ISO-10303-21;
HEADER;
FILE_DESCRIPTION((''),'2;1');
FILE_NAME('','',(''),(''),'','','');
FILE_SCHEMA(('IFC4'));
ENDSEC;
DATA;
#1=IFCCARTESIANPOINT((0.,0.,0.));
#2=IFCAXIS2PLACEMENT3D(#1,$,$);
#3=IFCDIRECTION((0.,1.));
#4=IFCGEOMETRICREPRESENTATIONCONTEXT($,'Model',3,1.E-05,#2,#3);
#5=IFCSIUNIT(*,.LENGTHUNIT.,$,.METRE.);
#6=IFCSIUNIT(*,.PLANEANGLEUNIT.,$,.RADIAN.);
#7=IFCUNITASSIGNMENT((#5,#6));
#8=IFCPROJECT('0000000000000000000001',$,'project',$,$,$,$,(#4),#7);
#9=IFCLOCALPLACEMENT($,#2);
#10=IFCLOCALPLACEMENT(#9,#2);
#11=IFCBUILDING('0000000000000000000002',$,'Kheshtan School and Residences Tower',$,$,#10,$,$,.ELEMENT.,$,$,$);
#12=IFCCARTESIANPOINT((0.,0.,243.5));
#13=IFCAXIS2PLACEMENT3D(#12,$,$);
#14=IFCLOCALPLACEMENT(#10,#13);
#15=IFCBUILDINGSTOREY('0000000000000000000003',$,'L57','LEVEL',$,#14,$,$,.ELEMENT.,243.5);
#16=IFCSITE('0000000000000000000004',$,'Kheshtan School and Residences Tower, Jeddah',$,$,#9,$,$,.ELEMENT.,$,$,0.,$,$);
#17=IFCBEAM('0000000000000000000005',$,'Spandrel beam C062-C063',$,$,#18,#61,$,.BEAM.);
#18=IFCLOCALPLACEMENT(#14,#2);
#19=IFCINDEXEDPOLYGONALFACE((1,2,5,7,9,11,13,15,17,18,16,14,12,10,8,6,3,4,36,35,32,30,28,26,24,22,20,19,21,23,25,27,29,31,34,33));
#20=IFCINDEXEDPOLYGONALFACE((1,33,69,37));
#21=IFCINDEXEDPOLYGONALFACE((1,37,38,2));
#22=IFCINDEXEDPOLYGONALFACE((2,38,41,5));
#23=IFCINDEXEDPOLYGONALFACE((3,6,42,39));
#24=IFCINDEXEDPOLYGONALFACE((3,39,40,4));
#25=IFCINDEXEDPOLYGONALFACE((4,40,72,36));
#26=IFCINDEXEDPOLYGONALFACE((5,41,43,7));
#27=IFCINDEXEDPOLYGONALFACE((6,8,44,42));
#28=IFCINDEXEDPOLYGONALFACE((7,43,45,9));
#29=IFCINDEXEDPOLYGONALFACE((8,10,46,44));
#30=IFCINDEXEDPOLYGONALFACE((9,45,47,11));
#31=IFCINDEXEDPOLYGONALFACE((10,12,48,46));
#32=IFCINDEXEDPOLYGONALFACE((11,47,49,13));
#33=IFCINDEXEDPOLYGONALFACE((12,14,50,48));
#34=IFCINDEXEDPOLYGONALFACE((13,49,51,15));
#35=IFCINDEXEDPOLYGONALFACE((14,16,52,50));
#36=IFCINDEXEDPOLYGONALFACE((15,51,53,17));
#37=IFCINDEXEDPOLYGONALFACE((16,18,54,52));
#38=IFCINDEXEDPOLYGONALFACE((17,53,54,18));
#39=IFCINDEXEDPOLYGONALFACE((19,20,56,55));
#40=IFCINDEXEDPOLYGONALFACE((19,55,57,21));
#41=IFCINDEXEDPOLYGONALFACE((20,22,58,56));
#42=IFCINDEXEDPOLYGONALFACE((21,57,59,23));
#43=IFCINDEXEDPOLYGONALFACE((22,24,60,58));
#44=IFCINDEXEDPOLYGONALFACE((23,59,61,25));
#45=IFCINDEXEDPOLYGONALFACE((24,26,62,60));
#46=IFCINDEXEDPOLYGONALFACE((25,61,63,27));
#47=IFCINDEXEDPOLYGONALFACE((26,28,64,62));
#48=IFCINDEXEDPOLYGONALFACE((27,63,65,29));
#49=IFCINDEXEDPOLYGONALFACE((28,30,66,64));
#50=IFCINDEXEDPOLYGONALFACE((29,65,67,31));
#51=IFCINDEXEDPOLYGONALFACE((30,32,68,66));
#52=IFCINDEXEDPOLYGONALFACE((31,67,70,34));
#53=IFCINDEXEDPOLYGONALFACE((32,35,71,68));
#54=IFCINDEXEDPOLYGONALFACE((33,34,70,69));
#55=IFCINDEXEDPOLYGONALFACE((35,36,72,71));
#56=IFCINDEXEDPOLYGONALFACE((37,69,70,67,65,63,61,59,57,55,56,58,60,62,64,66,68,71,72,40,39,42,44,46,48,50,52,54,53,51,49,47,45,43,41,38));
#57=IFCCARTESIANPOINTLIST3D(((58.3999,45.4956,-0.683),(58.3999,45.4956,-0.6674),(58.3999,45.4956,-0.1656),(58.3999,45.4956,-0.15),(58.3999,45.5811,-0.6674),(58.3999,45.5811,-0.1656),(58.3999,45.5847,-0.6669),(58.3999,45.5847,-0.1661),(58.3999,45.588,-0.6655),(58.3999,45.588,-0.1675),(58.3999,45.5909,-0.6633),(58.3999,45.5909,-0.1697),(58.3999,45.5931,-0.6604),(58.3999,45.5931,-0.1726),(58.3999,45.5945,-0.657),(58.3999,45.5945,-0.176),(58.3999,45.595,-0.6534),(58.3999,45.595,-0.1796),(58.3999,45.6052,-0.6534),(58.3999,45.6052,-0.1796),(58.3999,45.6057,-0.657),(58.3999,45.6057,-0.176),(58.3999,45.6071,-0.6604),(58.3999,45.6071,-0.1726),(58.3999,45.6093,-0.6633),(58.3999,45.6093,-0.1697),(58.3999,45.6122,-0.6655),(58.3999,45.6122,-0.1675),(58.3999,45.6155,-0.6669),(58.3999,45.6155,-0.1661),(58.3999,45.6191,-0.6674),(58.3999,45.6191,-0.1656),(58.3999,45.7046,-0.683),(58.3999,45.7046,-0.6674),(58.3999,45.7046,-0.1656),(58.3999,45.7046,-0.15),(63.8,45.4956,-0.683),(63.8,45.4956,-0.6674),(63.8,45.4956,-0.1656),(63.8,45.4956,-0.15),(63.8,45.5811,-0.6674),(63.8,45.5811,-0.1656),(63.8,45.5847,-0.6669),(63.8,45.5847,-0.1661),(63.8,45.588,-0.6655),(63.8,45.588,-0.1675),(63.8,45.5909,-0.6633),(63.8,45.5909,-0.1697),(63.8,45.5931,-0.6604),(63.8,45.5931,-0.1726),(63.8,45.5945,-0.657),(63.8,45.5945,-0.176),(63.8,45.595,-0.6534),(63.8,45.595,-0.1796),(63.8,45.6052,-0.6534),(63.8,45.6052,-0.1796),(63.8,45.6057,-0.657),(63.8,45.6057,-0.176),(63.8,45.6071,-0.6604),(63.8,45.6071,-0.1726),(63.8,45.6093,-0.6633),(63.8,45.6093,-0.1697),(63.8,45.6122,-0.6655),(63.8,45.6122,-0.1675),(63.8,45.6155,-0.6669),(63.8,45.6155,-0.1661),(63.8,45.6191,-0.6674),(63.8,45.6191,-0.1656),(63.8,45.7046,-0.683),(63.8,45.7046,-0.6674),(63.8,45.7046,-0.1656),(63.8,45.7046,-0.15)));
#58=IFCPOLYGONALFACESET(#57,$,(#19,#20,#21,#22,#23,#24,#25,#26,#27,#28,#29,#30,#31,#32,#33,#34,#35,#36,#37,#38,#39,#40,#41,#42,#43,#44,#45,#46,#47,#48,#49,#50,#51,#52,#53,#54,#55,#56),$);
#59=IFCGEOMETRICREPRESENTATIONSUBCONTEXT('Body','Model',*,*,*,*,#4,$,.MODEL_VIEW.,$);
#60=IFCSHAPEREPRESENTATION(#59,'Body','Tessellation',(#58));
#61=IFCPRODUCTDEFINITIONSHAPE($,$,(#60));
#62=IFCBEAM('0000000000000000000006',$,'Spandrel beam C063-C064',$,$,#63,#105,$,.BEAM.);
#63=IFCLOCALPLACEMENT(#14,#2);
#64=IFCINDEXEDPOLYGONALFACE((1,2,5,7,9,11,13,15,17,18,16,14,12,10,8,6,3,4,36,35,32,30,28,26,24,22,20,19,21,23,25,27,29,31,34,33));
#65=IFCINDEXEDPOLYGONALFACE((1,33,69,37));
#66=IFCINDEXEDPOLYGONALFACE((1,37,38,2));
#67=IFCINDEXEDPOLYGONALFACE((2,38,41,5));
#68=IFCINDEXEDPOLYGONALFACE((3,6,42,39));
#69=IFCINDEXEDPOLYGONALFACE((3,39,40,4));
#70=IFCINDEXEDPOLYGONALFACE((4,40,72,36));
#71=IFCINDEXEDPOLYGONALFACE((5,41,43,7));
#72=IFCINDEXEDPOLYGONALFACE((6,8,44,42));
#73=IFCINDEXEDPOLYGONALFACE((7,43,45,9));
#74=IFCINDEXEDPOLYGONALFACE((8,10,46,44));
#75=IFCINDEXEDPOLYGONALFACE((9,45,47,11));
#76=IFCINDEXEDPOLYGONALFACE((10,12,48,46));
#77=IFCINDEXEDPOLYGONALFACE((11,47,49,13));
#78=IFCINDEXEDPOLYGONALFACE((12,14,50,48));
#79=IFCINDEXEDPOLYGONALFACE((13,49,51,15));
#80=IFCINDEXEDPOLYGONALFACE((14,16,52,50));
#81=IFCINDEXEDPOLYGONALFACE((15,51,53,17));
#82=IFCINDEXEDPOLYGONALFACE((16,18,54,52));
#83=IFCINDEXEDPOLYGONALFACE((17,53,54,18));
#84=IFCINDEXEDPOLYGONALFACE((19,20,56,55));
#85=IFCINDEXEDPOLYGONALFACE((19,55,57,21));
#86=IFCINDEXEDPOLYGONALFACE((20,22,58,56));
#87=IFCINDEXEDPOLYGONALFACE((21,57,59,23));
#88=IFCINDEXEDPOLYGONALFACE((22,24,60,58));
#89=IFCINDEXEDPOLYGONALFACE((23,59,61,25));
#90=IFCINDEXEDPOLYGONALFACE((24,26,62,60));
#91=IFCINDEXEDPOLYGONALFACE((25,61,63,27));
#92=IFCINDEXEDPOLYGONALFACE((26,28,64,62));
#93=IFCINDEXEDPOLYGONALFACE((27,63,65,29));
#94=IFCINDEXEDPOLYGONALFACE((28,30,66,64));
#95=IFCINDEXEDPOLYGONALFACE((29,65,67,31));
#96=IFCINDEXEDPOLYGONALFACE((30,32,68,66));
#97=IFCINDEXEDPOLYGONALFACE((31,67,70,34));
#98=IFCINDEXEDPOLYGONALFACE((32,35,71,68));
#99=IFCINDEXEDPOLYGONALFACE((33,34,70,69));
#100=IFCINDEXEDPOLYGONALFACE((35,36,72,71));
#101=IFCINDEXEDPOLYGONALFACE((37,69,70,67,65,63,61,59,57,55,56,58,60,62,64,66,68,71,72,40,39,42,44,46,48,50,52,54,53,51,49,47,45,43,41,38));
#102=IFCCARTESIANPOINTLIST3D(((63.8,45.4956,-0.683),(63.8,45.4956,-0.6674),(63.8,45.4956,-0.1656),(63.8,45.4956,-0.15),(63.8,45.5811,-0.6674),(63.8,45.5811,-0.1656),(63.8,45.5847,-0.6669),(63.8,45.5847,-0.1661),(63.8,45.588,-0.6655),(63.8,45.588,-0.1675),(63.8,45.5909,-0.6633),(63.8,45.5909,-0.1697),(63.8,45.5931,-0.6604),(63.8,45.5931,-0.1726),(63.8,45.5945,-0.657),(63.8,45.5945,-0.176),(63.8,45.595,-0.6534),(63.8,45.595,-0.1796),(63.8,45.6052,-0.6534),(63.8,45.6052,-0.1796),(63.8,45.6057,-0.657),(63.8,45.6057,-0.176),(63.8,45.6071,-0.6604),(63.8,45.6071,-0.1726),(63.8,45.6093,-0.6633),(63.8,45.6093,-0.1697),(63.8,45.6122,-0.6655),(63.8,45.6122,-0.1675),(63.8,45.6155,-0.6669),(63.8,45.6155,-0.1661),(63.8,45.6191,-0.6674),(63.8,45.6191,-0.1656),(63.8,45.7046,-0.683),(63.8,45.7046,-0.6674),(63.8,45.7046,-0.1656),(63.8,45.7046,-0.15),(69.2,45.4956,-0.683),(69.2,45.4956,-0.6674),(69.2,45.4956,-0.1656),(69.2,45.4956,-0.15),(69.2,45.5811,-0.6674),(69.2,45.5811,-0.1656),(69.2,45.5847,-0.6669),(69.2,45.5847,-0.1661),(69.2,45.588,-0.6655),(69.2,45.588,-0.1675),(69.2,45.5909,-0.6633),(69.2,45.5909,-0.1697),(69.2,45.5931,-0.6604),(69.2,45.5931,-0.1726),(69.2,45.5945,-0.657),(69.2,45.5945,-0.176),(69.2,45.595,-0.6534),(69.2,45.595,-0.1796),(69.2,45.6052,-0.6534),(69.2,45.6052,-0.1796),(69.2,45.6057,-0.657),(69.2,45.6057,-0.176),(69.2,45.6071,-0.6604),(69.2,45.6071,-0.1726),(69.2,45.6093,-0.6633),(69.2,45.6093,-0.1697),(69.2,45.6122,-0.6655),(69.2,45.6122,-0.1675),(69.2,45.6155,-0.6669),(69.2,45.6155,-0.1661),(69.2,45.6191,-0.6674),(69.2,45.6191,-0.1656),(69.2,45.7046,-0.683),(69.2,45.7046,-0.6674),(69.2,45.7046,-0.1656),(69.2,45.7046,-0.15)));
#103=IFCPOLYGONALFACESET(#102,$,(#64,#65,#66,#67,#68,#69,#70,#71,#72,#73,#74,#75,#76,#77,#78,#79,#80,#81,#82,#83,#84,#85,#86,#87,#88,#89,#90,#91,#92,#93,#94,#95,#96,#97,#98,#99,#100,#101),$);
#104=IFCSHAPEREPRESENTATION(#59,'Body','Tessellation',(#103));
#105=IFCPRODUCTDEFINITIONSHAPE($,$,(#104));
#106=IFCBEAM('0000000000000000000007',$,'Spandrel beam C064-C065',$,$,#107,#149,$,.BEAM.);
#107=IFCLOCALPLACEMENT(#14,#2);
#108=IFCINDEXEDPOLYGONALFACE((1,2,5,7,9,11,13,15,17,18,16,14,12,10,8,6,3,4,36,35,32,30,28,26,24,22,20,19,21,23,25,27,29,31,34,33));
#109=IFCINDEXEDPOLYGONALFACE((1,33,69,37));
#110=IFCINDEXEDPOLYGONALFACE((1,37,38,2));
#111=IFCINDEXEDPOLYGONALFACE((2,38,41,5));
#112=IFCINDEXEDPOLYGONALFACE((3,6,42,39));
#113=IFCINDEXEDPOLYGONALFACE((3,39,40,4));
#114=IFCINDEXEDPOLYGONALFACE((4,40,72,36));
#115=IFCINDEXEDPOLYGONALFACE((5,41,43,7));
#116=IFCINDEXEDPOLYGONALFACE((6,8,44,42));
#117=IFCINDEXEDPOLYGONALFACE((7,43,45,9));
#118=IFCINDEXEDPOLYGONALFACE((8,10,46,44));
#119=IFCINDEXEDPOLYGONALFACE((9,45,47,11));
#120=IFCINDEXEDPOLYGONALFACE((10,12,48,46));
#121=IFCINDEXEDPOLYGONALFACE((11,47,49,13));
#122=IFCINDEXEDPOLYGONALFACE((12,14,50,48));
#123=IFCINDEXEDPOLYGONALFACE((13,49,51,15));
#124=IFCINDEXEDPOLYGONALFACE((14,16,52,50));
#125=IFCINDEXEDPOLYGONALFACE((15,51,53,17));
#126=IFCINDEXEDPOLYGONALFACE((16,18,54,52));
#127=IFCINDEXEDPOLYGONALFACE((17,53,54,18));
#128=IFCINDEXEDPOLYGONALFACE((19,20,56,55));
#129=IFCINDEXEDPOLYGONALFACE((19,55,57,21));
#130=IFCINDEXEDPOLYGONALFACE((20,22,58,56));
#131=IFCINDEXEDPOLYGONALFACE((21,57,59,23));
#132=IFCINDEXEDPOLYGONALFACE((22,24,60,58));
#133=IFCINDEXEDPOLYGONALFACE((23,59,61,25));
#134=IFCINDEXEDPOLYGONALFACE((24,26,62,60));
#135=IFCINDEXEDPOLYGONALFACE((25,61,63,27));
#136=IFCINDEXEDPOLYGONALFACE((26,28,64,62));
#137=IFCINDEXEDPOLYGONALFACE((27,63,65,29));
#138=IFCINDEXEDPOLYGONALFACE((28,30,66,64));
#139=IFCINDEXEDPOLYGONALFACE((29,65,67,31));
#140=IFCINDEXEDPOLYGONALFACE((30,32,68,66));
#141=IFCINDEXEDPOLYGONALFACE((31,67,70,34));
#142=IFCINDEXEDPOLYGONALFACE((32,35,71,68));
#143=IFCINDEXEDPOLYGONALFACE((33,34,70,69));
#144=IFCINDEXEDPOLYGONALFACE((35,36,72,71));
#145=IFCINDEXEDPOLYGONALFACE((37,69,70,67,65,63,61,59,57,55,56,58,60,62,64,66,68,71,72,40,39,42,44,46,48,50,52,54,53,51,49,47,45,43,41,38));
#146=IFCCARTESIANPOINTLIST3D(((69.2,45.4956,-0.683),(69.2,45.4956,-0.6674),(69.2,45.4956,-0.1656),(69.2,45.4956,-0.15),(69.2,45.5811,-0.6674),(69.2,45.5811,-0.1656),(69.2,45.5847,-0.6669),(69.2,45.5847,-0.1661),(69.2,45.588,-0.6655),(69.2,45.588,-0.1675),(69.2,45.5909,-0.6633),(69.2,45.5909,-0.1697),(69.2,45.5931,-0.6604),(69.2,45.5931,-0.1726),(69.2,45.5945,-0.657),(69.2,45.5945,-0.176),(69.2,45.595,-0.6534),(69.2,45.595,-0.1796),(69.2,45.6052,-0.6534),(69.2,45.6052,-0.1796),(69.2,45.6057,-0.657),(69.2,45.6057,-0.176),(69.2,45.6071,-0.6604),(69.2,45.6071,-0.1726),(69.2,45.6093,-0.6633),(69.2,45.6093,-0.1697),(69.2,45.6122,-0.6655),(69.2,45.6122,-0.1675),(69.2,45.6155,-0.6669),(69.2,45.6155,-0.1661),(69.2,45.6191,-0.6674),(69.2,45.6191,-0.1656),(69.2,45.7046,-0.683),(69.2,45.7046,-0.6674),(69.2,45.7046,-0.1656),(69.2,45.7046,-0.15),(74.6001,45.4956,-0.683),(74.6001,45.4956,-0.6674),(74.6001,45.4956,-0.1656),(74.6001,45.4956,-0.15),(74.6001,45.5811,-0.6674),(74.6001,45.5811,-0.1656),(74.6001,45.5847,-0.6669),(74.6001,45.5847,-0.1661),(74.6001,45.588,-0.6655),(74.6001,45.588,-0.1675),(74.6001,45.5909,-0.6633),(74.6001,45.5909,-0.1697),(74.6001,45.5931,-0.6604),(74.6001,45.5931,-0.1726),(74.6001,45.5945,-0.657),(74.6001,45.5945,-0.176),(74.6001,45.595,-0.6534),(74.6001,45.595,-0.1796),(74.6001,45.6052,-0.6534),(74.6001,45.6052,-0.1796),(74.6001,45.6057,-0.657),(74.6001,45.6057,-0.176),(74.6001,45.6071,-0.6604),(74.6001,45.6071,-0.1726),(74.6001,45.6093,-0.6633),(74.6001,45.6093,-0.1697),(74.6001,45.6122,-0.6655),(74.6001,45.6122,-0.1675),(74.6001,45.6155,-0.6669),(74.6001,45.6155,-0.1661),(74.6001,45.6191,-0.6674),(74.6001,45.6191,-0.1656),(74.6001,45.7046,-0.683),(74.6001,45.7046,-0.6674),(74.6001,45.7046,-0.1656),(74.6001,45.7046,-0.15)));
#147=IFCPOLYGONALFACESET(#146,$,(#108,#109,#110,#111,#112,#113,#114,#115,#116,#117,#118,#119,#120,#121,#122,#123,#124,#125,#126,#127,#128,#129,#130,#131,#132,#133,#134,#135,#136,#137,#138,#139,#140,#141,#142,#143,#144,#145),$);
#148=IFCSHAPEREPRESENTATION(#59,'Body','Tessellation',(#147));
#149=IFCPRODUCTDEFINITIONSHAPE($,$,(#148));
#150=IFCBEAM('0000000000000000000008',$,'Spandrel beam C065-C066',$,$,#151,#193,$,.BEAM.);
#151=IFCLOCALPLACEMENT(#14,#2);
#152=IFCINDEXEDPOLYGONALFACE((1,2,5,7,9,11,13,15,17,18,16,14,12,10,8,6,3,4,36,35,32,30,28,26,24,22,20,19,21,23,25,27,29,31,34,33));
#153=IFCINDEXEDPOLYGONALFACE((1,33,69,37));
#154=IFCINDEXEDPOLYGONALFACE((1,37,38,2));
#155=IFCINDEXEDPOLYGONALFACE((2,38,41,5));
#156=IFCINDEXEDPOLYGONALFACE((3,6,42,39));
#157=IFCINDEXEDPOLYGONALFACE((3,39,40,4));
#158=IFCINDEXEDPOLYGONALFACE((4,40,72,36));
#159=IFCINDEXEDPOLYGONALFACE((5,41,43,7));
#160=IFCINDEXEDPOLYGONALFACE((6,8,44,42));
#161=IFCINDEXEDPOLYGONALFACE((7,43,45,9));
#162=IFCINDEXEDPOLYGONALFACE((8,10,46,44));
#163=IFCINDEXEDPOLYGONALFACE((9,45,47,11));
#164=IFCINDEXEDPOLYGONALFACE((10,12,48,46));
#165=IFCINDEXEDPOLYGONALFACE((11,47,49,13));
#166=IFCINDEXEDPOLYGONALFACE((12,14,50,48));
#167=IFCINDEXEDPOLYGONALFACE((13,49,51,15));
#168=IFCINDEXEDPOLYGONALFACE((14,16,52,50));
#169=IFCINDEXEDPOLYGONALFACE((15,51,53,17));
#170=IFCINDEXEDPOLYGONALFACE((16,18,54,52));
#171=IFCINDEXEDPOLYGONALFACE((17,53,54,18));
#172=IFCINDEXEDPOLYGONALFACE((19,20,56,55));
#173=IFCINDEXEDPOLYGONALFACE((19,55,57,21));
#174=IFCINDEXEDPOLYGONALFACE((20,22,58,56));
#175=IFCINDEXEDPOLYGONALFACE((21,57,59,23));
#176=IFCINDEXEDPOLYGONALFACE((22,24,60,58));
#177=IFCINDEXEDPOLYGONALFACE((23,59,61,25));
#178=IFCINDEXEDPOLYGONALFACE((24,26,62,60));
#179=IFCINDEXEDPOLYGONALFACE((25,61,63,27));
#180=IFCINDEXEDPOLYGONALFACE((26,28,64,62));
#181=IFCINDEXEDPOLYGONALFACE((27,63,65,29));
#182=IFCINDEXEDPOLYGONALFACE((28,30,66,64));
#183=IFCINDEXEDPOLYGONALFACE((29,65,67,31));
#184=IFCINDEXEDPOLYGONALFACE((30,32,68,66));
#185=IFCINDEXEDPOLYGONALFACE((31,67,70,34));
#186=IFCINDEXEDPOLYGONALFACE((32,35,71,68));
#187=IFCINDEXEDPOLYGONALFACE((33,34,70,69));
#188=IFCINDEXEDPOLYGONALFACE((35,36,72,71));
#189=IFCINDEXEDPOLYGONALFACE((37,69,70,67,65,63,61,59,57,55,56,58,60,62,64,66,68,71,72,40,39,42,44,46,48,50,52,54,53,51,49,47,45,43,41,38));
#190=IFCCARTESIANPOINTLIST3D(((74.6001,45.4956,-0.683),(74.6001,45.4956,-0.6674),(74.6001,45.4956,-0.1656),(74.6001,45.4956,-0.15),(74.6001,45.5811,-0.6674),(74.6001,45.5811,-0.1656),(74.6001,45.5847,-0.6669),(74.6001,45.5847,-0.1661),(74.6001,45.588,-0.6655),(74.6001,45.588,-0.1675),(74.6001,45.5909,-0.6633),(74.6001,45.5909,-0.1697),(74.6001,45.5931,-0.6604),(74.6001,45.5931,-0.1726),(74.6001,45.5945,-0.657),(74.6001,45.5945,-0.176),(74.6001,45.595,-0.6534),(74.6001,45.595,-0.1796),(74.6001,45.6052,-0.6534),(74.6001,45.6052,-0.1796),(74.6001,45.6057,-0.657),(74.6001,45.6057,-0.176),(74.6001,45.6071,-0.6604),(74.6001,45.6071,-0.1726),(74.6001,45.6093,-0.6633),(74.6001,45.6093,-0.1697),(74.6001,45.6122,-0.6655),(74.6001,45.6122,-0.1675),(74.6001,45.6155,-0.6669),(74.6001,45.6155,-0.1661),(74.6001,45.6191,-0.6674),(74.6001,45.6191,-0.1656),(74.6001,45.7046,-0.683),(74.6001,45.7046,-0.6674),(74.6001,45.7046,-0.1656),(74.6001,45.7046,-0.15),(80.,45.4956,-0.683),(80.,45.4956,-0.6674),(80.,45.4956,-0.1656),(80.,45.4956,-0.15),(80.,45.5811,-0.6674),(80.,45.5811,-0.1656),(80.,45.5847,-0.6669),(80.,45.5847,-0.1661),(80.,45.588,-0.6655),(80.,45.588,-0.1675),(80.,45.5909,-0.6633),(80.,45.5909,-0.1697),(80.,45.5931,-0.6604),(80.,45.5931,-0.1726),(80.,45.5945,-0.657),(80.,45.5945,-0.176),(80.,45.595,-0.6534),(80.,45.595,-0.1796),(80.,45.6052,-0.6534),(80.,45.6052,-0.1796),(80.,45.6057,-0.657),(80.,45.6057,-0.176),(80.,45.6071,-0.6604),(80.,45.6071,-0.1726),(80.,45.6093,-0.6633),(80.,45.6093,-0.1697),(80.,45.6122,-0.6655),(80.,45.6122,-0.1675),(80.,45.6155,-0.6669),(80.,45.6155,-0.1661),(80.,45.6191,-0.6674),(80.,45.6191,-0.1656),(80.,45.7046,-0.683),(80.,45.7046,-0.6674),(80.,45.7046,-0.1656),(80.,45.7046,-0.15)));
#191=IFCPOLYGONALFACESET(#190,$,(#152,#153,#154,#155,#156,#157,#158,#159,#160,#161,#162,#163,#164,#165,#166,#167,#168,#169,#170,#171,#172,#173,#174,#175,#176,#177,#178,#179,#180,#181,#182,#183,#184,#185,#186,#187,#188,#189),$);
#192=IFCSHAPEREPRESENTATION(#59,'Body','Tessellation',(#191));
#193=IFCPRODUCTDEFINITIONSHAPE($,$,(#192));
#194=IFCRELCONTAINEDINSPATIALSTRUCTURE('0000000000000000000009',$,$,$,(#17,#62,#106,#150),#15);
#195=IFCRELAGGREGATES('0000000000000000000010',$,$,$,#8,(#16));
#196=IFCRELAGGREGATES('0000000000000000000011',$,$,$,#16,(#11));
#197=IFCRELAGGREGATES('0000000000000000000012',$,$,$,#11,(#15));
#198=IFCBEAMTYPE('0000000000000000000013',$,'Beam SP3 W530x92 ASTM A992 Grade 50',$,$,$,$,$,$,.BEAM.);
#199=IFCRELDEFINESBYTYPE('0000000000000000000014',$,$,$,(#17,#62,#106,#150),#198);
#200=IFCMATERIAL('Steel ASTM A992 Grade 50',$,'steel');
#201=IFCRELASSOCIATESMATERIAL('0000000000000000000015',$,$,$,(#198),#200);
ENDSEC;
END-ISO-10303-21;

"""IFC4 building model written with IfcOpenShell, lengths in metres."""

from ifc_helpers import new_model, si_unit, direction, frame, origin, origin_2d, place, context, subcontext, project, spatial, i_section, extrude, material, material_profile, profile_set, type_object, element, save


model = new_model("IFC4")

# Units and contexts
model_context = context("Model", 3, precision=1e-05, world=origin(), true_north=direction((0.0, 1.0)))
body_context = subcontext(model_context, "Body", "Model", "MODEL_VIEW")
ifc_project = project(units=[si_unit("LENGTHUNIT", "METRE"), si_unit("PLANEANGLEUNIT", "RADIAN")], contexts=[model_context])

# Site, building, storey
site_placement = place(None, origin())
site = spatial("IfcSite", under=ifc_project, at=site_placement, Name="Kheshtan School and Residences Tower, Jeddah", CompositionType="ELEMENT", RefElevation=0.0)
building_placement = place(site_placement, origin())
building = spatial("IfcBuilding", under=site, at=building_placement, Name="Kheshtan School and Residences Tower", CompositionType="ELEMENT")
storey_placement = place(building_placement, frame((0.0, 0.0, 243.5)))
storey = spatial("IfcBuildingStorey", under=building, at=storey_placement, Name="L57", Description="LEVEL", CompositionType="ELEMENT", Elevation=243.5)

# Shared definitions
ifc_material_1 = material(Name="Steel ASTM A992 Grade 50", Category="steel")

# Beams
ifc_material_profile_1 = material_profile(ifc_material_1, i_section(OverallWidth=0.209, OverallDepth=0.533, WebThickness=0.0103, FlangeThickness=0.0156, FilletRadius=0.0139, at=origin_2d()), Name="W530x92")
ifc_profile_set_1 = profile_set([ifc_material_profile_1], Name="Steel ASTM A992 Grade 50")
beam_type_1 = type_object("IfcBeamType", Name="Beam SP3 W530x92 ASTM A992 Grade 50", PredefinedType="BEAM", material=ifc_profile_set_1)
beam_1_placement = place(storey_placement, frame((58.3999, 45.6001, -0.4165), z_axis=(1.0, 0.0, 0.0), x_axis=(0.0, 1.0, 0.0)))
element("IfcBeam", 1, at=beam_1_placement, inside=storey, type_object=beam_type_1, Name="Spandrel beam C062-C063", PredefinedType="BEAM", context=body_context, shape_type="SweptSolid", body=[
    extrude(i_section(OverallWidth=0.209, OverallDepth=0.533, WebThickness=0.0103, FlangeThickness=0.0156, FilletRadius=0.0139, at=origin_2d()), origin(), (0.0, 0.0, 1.0), 5.4001),
])
beam_2_placement = place(storey_placement, frame((63.8, 45.6001, -0.4165), z_axis=(1.0, 0.0, 0.0), x_axis=(0.0, 1.0, 0.0)))
element("IfcBeam", 2, at=beam_2_placement, inside=storey, type_object=beam_type_1, Name="Spandrel beam C063-C064", PredefinedType="BEAM", context=body_context, shape_type="SweptSolid", body=[
    extrude(i_section(OverallWidth=0.209, OverallDepth=0.533, WebThickness=0.0103, FlangeThickness=0.0156, FilletRadius=0.0139, at=origin_2d()), origin(), (0.0, 0.0, 1.0), 5.3999),
])
beam_3_placement = place(storey_placement, frame((69.2, 45.6001, -0.4165), z_axis=(1.0, 0.0, 0.0), x_axis=(0.0, 1.0, 0.0)))
element("IfcBeam", 3, at=beam_3_placement, inside=storey, type_object=beam_type_1, Name="Spandrel beam C064-C065", PredefinedType="BEAM", context=body_context, shape_type="SweptSolid", body=[
    extrude(i_section(OverallWidth=0.209, OverallDepth=0.533, WebThickness=0.0103, FlangeThickness=0.0156, FilletRadius=0.0139, at=origin_2d()), origin(), (0.0, 0.0, 1.0), 5.4001),
])
beam_4_placement = place(storey_placement, frame((74.6001, 45.6001, -0.4165), z_axis=(1.0, 0.0, 0.0), x_axis=(0.0, 1.0, 0.0)))
element("IfcBeam", 4, at=beam_4_placement, inside=storey, type_object=beam_type_1, Name="Spandrel beam C065-C066", PredefinedType="BEAM", context=body_context, shape_type="SweptSolid", body=[
    extrude(i_section(OverallWidth=0.209, OverallDepth=0.533, WebThickness=0.0103, FlangeThickness=0.0156, FilletRadius=0.0139, at=origin_2d()), origin(), (0.0, 0.0, 1.0), 5.3999),
])

save(model, "model.ifc")
